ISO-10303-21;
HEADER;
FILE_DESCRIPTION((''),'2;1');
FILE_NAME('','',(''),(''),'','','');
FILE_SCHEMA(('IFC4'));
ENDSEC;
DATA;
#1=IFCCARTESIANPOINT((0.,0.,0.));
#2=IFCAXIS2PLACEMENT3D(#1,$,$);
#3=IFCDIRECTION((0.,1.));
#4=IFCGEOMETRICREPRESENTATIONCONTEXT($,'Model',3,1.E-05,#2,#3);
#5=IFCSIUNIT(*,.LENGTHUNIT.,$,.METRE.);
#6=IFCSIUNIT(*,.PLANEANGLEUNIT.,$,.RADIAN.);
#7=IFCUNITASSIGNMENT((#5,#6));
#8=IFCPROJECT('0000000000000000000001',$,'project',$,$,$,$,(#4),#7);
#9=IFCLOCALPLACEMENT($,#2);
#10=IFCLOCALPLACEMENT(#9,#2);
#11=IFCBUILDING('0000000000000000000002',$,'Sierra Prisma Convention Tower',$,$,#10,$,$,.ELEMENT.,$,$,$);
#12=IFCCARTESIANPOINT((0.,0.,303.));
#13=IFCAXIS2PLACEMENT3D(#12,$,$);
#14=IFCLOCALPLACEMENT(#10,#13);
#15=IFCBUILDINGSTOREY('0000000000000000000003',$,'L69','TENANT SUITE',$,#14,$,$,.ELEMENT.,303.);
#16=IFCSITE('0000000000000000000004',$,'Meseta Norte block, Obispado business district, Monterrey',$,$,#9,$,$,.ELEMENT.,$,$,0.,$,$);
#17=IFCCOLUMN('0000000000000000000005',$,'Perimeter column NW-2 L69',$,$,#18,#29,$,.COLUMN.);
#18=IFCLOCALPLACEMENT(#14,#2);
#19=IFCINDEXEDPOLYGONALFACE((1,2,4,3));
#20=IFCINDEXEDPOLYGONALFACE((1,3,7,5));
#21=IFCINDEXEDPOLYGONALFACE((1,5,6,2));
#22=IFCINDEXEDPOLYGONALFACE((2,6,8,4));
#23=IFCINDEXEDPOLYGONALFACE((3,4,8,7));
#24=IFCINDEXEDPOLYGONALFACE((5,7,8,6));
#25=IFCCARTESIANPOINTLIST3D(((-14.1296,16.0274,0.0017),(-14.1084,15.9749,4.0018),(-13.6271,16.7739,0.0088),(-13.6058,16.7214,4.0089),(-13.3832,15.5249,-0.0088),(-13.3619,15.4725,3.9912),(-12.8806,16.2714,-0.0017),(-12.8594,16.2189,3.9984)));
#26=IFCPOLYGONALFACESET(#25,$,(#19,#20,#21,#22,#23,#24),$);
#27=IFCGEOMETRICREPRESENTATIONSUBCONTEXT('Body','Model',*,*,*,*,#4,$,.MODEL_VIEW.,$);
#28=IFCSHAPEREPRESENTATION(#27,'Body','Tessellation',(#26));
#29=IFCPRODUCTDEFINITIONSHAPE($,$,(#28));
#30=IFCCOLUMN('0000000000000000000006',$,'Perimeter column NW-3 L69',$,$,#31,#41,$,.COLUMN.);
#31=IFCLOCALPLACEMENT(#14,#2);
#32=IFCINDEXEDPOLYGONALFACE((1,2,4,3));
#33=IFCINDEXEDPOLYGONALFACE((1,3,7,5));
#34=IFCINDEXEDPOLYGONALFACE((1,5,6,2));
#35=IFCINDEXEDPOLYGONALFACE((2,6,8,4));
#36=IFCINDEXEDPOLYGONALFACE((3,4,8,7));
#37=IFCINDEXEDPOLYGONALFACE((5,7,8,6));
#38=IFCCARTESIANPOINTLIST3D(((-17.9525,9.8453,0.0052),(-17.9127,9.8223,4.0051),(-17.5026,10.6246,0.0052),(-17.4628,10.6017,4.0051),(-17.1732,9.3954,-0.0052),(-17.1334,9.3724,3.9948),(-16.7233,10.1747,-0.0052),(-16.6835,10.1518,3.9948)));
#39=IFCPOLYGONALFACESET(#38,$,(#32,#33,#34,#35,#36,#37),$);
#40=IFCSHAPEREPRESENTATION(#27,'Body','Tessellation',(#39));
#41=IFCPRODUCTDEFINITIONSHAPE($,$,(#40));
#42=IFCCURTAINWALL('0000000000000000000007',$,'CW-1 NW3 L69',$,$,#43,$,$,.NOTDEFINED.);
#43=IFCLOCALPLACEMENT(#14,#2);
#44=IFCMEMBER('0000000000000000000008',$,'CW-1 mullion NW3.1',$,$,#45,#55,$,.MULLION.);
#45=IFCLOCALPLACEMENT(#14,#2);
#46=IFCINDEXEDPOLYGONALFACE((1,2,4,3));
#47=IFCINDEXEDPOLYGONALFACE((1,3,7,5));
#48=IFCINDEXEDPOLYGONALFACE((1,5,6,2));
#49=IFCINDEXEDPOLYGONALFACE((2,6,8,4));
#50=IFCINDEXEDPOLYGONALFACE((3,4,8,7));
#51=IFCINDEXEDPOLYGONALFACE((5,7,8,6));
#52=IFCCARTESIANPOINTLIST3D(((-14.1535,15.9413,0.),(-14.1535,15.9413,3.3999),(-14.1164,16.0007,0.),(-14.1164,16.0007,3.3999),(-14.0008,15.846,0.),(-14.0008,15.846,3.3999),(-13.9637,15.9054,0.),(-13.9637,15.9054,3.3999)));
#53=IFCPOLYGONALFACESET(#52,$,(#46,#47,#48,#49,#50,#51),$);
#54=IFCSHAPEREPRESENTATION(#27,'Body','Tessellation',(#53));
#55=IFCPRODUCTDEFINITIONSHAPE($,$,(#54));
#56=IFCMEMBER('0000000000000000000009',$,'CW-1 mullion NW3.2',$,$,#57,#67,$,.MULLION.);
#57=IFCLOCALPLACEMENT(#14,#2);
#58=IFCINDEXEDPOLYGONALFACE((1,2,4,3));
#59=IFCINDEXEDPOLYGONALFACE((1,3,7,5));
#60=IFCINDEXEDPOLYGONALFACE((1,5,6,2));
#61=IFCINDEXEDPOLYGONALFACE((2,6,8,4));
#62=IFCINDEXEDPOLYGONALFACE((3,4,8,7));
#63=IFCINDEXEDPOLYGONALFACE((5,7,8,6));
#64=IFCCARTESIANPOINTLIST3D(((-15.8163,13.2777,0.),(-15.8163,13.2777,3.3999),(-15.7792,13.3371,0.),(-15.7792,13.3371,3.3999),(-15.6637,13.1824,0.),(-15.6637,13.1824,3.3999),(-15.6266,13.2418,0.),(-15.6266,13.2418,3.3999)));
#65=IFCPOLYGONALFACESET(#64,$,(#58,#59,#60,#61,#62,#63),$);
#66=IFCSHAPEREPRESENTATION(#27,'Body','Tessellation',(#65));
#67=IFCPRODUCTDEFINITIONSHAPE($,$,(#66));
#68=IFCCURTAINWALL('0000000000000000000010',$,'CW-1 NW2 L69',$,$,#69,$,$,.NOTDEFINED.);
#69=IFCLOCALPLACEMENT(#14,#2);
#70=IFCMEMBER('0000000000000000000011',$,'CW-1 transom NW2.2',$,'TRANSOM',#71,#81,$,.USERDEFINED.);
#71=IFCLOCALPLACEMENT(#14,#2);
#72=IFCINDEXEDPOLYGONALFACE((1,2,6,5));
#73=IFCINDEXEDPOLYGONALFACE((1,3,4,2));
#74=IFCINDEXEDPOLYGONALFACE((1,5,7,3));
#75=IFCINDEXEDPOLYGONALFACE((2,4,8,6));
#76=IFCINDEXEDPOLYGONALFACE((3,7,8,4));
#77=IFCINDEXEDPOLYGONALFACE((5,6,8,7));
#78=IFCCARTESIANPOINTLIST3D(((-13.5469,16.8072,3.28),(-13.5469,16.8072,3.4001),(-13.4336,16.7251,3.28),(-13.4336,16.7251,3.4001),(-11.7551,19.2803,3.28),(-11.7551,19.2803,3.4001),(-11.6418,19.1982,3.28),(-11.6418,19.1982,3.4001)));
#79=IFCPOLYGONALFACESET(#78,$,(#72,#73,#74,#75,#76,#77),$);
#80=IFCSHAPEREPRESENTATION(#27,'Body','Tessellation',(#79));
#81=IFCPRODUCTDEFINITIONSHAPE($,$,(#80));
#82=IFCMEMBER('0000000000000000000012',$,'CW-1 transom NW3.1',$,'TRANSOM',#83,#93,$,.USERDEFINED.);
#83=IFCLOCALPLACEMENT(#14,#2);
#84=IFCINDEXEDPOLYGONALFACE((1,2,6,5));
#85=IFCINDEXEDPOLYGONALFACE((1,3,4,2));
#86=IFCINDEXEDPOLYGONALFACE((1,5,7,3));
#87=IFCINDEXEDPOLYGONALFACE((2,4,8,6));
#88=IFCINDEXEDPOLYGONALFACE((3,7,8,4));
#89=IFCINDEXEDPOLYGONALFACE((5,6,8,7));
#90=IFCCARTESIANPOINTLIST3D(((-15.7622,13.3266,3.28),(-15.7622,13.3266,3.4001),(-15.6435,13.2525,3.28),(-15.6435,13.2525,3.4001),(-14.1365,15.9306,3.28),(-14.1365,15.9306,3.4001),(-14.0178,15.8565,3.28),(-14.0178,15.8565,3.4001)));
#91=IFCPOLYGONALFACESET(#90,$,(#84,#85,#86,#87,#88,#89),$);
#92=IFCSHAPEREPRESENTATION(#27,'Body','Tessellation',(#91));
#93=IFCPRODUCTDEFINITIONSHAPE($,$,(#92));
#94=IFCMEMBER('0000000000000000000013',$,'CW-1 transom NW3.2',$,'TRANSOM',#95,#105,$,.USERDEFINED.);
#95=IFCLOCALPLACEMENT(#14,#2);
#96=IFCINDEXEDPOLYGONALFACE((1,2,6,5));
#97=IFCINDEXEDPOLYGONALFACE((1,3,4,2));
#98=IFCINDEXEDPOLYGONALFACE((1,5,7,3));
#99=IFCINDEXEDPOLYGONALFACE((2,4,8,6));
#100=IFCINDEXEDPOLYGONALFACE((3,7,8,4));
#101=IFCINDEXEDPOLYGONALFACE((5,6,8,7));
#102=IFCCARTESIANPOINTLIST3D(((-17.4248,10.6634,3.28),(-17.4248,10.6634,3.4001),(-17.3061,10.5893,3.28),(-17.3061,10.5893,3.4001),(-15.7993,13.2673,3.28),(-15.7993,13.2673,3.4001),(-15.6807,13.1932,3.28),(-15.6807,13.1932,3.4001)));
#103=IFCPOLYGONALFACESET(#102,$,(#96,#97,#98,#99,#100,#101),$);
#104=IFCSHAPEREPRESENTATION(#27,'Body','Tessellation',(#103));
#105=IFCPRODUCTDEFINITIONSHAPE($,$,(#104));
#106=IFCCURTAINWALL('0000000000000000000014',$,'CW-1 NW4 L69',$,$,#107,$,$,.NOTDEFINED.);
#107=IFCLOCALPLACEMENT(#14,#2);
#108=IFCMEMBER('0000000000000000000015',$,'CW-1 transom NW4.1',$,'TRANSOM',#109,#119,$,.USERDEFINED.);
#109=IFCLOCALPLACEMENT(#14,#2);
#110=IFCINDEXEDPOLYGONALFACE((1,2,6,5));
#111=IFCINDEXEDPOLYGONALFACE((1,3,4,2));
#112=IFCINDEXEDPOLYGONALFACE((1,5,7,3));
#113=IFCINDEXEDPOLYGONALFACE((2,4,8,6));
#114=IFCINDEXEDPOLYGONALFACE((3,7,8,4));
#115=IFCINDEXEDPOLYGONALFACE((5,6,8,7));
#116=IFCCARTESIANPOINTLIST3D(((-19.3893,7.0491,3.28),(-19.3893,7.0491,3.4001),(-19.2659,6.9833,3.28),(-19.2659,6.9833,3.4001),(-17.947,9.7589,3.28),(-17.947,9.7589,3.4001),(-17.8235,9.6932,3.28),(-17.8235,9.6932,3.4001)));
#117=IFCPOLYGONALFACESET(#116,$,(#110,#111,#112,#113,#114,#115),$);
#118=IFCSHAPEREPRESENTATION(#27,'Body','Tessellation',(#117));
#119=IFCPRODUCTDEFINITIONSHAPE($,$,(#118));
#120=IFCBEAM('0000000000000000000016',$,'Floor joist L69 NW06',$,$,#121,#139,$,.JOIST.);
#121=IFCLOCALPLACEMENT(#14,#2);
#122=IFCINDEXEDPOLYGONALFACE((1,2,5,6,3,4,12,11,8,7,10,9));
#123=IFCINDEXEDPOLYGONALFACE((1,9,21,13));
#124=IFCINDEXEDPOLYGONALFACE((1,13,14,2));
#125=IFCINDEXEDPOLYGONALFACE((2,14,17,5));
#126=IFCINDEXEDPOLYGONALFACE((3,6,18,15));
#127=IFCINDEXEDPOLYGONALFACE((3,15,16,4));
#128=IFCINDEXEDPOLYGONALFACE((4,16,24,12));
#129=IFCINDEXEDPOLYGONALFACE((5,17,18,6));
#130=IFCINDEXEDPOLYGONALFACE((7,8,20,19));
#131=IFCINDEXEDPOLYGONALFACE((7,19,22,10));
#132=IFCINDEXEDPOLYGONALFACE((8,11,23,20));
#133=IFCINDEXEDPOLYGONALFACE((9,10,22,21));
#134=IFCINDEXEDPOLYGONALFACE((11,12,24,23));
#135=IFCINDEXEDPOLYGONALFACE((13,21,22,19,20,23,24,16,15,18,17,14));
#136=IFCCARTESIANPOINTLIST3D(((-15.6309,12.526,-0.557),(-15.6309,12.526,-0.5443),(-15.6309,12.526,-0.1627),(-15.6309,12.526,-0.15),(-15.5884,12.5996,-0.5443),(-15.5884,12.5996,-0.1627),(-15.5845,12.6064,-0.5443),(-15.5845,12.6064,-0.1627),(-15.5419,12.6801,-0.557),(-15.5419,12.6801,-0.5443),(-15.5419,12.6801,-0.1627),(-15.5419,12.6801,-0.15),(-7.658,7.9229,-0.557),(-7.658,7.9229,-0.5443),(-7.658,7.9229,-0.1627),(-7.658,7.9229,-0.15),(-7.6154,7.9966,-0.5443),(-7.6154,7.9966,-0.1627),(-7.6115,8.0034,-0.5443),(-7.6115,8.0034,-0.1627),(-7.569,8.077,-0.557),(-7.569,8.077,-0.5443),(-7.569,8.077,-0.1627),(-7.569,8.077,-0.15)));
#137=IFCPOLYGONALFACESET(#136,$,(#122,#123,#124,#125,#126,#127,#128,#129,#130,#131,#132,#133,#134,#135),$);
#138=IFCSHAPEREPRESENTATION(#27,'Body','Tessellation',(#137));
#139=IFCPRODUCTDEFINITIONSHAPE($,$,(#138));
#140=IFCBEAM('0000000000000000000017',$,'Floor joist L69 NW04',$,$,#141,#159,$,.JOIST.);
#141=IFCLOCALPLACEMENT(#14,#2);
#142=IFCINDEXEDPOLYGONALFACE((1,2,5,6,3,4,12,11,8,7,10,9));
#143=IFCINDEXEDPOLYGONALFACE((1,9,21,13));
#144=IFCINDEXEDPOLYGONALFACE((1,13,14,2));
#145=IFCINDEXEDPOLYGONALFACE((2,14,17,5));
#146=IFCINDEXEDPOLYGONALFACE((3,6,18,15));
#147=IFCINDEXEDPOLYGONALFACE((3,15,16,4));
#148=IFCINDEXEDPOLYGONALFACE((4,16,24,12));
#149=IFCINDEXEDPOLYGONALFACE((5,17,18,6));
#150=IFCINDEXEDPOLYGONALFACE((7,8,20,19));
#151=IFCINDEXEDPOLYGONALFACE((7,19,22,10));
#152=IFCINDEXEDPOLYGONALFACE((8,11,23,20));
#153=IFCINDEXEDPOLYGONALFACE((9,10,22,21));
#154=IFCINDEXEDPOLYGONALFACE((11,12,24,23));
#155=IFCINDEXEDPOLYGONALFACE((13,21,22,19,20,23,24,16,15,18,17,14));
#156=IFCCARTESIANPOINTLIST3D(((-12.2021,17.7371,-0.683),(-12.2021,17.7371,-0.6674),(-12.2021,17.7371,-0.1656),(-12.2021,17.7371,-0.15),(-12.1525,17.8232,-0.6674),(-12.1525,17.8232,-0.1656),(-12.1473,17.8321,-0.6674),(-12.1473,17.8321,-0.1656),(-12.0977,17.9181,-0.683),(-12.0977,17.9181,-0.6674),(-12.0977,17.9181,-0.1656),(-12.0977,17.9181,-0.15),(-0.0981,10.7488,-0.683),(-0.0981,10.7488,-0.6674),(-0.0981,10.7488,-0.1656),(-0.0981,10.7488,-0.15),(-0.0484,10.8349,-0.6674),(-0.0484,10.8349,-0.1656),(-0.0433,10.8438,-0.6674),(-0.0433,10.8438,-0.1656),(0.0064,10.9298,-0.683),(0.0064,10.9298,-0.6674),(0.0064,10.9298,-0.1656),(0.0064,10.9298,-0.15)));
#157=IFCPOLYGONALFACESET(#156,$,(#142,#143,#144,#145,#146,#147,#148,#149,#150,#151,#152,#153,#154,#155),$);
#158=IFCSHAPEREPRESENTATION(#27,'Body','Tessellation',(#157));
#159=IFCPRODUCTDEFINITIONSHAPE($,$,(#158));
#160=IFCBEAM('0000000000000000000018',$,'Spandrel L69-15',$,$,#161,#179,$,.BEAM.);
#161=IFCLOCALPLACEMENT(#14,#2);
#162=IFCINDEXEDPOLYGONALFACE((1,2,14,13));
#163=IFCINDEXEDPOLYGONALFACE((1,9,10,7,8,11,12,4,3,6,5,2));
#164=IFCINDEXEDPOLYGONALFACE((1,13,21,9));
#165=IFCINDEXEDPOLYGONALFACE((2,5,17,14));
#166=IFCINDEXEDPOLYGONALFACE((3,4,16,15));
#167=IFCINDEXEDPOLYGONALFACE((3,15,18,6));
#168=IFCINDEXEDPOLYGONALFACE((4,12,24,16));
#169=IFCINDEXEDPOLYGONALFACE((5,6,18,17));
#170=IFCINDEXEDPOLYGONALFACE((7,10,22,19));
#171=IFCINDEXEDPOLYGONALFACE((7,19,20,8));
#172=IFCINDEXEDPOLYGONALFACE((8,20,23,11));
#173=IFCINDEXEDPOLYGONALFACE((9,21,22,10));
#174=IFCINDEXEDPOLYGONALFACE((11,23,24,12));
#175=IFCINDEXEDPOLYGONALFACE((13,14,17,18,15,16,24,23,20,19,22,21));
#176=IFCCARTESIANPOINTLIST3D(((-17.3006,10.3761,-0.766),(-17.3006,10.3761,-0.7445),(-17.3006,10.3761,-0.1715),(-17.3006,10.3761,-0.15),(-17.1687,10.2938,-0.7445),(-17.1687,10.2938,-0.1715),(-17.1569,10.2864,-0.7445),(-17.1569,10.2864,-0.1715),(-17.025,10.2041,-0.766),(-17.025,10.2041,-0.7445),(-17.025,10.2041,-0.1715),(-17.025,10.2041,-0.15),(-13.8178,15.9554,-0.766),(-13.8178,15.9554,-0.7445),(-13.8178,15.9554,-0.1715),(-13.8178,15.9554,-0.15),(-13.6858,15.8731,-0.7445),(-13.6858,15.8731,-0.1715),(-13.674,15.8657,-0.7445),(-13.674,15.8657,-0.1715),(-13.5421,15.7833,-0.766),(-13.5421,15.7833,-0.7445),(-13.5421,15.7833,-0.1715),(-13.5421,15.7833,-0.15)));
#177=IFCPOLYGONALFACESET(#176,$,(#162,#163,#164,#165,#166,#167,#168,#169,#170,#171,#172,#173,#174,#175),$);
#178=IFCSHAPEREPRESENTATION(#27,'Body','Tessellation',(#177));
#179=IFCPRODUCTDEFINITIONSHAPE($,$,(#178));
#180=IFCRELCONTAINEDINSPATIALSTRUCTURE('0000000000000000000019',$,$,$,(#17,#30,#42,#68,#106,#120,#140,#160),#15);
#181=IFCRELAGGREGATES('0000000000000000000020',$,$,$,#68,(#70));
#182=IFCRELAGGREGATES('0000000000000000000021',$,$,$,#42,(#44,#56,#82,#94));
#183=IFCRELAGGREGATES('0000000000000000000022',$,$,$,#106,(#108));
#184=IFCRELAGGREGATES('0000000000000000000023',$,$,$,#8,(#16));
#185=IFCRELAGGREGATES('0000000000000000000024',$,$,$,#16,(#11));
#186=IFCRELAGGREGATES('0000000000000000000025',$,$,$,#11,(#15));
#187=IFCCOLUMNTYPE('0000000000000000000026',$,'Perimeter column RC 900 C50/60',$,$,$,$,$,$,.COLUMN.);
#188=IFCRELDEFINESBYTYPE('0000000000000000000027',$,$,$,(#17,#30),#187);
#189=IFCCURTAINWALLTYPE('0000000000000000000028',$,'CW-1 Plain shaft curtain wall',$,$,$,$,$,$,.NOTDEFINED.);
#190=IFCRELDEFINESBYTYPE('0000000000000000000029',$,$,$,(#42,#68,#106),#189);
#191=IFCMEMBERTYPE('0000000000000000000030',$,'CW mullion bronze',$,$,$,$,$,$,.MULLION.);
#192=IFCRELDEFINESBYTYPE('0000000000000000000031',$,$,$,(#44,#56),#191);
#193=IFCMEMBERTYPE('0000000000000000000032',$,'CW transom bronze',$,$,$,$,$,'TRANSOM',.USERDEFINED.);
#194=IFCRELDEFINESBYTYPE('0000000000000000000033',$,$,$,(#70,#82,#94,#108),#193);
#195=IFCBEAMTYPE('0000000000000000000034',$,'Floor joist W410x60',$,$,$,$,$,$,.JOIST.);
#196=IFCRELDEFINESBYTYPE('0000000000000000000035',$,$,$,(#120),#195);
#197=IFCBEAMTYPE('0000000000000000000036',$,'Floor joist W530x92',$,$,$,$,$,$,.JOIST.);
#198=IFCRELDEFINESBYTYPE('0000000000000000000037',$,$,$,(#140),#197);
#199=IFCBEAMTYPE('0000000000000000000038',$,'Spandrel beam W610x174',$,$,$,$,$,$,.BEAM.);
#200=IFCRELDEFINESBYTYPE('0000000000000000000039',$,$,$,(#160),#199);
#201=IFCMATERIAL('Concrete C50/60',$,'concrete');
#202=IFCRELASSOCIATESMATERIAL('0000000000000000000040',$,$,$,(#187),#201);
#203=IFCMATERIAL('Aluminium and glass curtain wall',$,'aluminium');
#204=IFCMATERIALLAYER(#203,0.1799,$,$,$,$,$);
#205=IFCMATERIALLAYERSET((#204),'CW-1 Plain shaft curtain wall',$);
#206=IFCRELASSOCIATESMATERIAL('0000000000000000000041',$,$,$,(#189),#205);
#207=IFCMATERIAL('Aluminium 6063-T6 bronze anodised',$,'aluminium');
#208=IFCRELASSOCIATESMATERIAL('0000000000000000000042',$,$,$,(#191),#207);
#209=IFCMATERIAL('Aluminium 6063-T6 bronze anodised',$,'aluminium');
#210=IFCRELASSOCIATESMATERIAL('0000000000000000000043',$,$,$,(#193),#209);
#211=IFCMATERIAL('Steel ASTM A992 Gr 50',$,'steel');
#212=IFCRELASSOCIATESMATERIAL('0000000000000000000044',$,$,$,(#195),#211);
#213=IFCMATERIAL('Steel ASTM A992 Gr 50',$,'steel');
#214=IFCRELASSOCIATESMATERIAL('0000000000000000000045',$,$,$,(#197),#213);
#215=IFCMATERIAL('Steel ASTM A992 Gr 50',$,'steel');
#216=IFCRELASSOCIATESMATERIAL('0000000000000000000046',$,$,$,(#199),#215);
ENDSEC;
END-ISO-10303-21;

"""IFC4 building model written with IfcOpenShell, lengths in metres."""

from ifc_helpers import new_model, si_unit, direction, frame, origin, origin_2d, place, context, subcontext, project, spatial, rectangle, i_section, extrude, material, layer, layer_set, material_profile, profile_set, type_object, element, aggregate, save


model = new_model("IFC4")

# Units and contexts
model_context = context("Model", 3, precision=1e-05, world=origin(), true_north=direction((0.0, 1.0)))
body_context = subcontext(model_context, "Body", "Model", "MODEL_VIEW")
ifc_project = project(units=[si_unit("LENGTHUNIT", "METRE"), si_unit("PLANEANGLEUNIT", "RADIAN")], contexts=[model_context])

# Site, building, storey
site_placement = place(None, origin())
site = spatial("IfcSite", under=ifc_project, at=site_placement, Name="Meseta Norte block, Obispado business district, Monterrey", CompositionType="ELEMENT", RefElevation=0.0)
building_placement = place(site_placement, origin())
building = spatial("IfcBuilding", under=site, at=building_placement, Name="Sierra Prisma Convention Tower", CompositionType="ELEMENT")
storey_placement = place(building_placement, frame((0.0, 0.0, 303.0)))
storey = spatial("IfcBuildingStorey", under=building, at=storey_placement, Name="L69", Description="TENANT SUITE", CompositionType="ELEMENT", Elevation=303.0)

# Columns
ifc_material_1 = material(Name="Concrete C50/60", Category="concrete")
ifc_material_profile_1 = material_profile(ifc_material_1, rectangle(XDim=0.8999, YDim=0.8999, at=origin_2d()), Name="Perimeter column RC 900 C50/60")
ifc_profile_set_1 = profile_set([ifc_material_profile_1], Name="Concrete C50/60")
column_type = type_object("IfcColumnType", Name="Perimeter column RC 900 C50/60", PredefinedType="COLUMN", material=ifc_profile_set_1)
column_1_placement = place(storey_placement, frame((-13.5051, 16.1494, 0.0), z_axis=(0.00531, -0.013121, 0.9999), x_axis=(0.558473, 0.829485, 0.007919)))
element("IfcColumn", 1, at=column_1_placement, inside=storey, type_object=column_type, Name="Perimeter column NW-2 L69", PredefinedType="COLUMN", context=body_context, shape_type="SweptSolid", body=[
    extrude(rectangle(XDim=0.8999, YDim=0.8999, at=origin_2d()), origin(), (0.0, 0.0, 1.0), 4.0005),
])
column_2_placement = place(storey_placement, frame((-17.3379, 10.01, 0.0), z_axis=(0.009948, -0.005737, 0.999934), x_axis=(0.499975, 0.86604, -0.000005)))
element("IfcColumn", 2, at=column_2_placement, inside=storey, type_object=column_type, Name="Perimeter column NW-3 L69", PredefinedType="COLUMN", context=body_context, shape_type="SweptSolid", body=[
    extrude(rectangle(XDim=0.8999, YDim=0.8999, at=origin_2d()), origin(), (0.0, 0.0, 1.0), 4.0002),
])

# Curtain wall, members
ifc_material_2 = material(Name="Aluminium and glass curtain wall", Category="aluminium")
ifc_layer_1 = layer(ifc_material_2, 0.1799)
ifc_layer_set_1 = layer_set([ifc_layer_1], Name="CW-1 Plain shaft curtain wall")
curtain_wall_type = type_object("IfcCurtainWallType", Name="CW-1 Plain shaft curtain wall", PredefinedType="NOTDEFINED", material=ifc_layer_set_1)
curtain_wall_1_placement = place(storey_placement, origin())
curtain_wall_1 = element("IfcCurtainWall", 3, at=curtain_wall_1_placement, inside=storey, type_object=curtain_wall_type, Name="CW-1 NW3 L69", PredefinedType="NOTDEFINED")
ifc_material_3 = material(Name="Aluminium 6063-T6 bronze anodised", Category="aluminium")
ifc_material_profile_2 = material_profile(ifc_material_3, rectangle(XDim=0.1799, YDim=0.0701, at=origin_2d()), Name="ALU MULLION 70x180")
ifc_profile_set_2 = profile_set([ifc_material_profile_2], Name="Aluminium 6063-T6 bronze anodised")
member_type_1 = type_object("IfcMemberType", Name="CW mullion bronze", PredefinedType="MULLION", material=ifc_profile_set_2)
member_1_placement = place(storey_placement, frame((-14.0586, 15.9233, 0.0), z_axis=(0.0, 0.0, 1.0), x_axis=(0.848276, -0.529555, 0.0)))
member_1 = element("IfcMember", 4, at=member_1_placement, type_object=member_type_1, Name="CW-1 mullion NW3.1", PredefinedType="MULLION", context=body_context, shape_type="SweptSolid", body=[
    extrude(rectangle(XDim=0.1799, YDim=0.0701, at=origin_2d()), origin(), (0.0, 0.0, 1.0), 3.3999),
])
member_2_placement = place(storey_placement, frame((-15.7214, 13.2598, 0.0), z_axis=(0.0, 0.0, 1.0), x_axis=(0.848276, -0.529555, 0.0)))
member_2 = element("IfcMember", 5, at=member_2_placement, type_object=member_type_1, Name="CW-1 mullion NW3.2", PredefinedType="MULLION", context=body_context, shape_type="SweptSolid", body=[
    extrude(rectangle(XDim=0.1799, YDim=0.0701, at=origin_2d()), origin(), (0.0, 0.0, 1.0), 3.3999),
])

# Curtain wall, member
curtain_wall_2_placement = place(storey_placement, origin())
curtain_wall_2 = element("IfcCurtainWall", 6, at=curtain_wall_2_placement, inside=storey, type_object=curtain_wall_type, Name="CW-1 NW2 L69", PredefinedType="NOTDEFINED")
ifc_material_4 = material(Name="Aluminium 6063-T6 bronze anodised", Category="aluminium")
ifc_material_profile_3 = material_profile(ifc_material_4, rectangle(XDim=0.1399, YDim=0.1201, at=origin_2d()), Name="ALU TRANSOM 120x140")
ifc_profile_set_3 = profile_set([ifc_material_profile_3], Name="Aluminium 6063-T6 bronze anodised")
member_type_2 = type_object("IfcMemberType", Name="CW transom bronze", ElementType="TRANSOM", PredefinedType="USERDEFINED", material=ifc_profile_set_3)
member_3_placement = place(storey_placement, frame((-11.6985, 19.2393, 3.3401), z_axis=(-0.586692, -0.80981, 0.0), x_axis=(0.80981, -0.586692, 0.0)))
member_3 = element("IfcMember", 7, at=member_3_placement, type_object=member_type_2, Name="CW-1 transom NW2.2", ObjectType="TRANSOM", PredefinedType="USERDEFINED", context=body_context, shape_type="SweptSolid", body=[
    extrude(rectangle(XDim=0.1399, YDim=0.1201, at=origin_2d()), origin(), (0.0, 0.0, 1.0), 3.054),
])

# Members
member_4_placement = place(storey_placement, frame((-14.0771, 15.8936, 3.3401), z_axis=(-0.529584, -0.848257, 0.0), x_axis=(0.848257, -0.529584, 0.0)))
member_4 = element("IfcMember", 8, at=member_4_placement, type_object=member_type_2, Name="CW-1 transom NW3.1", ObjectType="TRANSOM", PredefinedType="USERDEFINED", context=body_context, shape_type="SweptSolid", body=[
    extrude(rectangle(XDim=0.1399, YDim=0.1201, at=origin_2d()), origin(), (0.0, 0.0, 1.0), 3.0698),
])
member_5_placement = place(storey_placement, frame((-15.74, 13.2302, 3.3401), z_axis=(-0.529527, -0.848293, 0.0), x_axis=(0.848293, -0.529527, 0.0)))
member_5 = element("IfcMember", 9, at=member_5_placement, type_object=member_type_2, Name="CW-1 transom NW3.2", ObjectType="TRANSOM", PredefinedType="USERDEFINED", context=body_context, shape_type="SweptSolid", body=[
    extrude(rectangle(XDim=0.1399, YDim=0.1201, at=origin_2d()), origin(), (0.0, 0.0, 1.0), 3.0696),
])

# Curtain wall, member
curtain_wall_3_placement = place(storey_placement, origin())
curtain_wall_3 = element("IfcCurtainWall", 10, at=curtain_wall_3_placement, inside=storey, type_object=curtain_wall_type, Name="CW-1 NW4 L69", PredefinedType="NOTDEFINED")
member_6_placement = place(storey_placement, frame((-17.8853, 9.7261, 3.3401), z_axis=(-0.469845, -0.882749, 0.0), x_axis=(0.882749, -0.469845, 0.0)))
member_6 = element("IfcMember", 11, at=member_6_placement, type_object=member_type_2, Name="CW-1 transom NW4.1", ObjectType="TRANSOM", PredefinedType="USERDEFINED", context=body_context, shape_type="SweptSolid", body=[
    extrude(rectangle(XDim=0.1399, YDim=0.1201, at=origin_2d()), origin(), (0.0, 0.0, 1.0), 3.0698),
])

# Beams
ifc_material_5 = material(Name="Steel ASTM A992 Gr 50", Category="steel")
ifc_material_profile_4 = material_profile(ifc_material_5, i_section(OverallWidth=0.178, OverallDepth=0.407, WebThickness=0.0078, FlangeThickness=0.0127, at=origin_2d()), Name="W410x60")
ifc_profile_set_4 = profile_set([ifc_material_profile_4], Name="Steel ASTM A992 Gr 50")
beam_type_1 = type_object("IfcBeamType", Name="Floor joist W410x60", PredefinedType="JOIST", material=ifc_profile_set_4)
beam_1_placement = place(storey_placement, frame((-15.5864, 12.603, -0.3535), z_axis=(0.866031, -0.49999, 0.0), x_axis=(0.49999, 0.866031, 0.0)))
element("IfcBeam", 12, at=beam_1_placement, inside=storey, type_object=beam_type_1, Name="Floor joist L69 NW06", PredefinedType="JOIST", context=body_context, shape_type="SweptSolid", body=[
    extrude(i_section(OverallWidth=0.178, OverallDepth=0.407, WebThickness=0.0078, FlangeThickness=0.0127, at=origin_2d()), origin(), (0.0, 0.0, 1.0), 9.2063),
])
ifc_material_6 = material(Name="Steel ASTM A992 Gr 50", Category="steel")
ifc_material_profile_5 = material_profile(ifc_material_6, i_section(OverallWidth=0.209, OverallDepth=0.533, WebThickness=0.0103, FlangeThickness=0.0156, at=origin_2d()), Name="W530x92")
ifc_profile_set_5 = profile_set([ifc_material_profile_5], Name="Steel ASTM A992 Gr 50")
beam_type_2 = type_object("IfcBeamType", Name="Floor joist W530x92", PredefinedType="JOIST", material=ifc_profile_set_5)
beam_2_placement = place(storey_placement, frame((-12.1499, 17.8276, -0.4165), z_axis=(0.866024, -0.500002, 0.0), x_axis=(0.500002, 0.866024, 0.0)))
element("IfcBeam", 13, at=beam_2_placement, inside=storey, type_object=beam_type_2, Name="Floor joist L69 NW04", PredefinedType="JOIST", context=body_context, shape_type="SweptSolid", body=[
    extrude(i_section(OverallWidth=0.209, OverallDepth=0.533, WebThickness=0.0103, FlangeThickness=0.0156, at=origin_2d()), origin(), (0.0, 0.0, 1.0), 13.9766),
])
ifc_material_7 = material(Name="Steel ASTM A992 Gr 50", Category="steel")
ifc_material_profile_6 = material_profile(ifc_material_7, i_section(OverallWidth=0.325, OverallDepth=0.616, WebThickness=0.0139, FlangeThickness=0.0215, at=origin_2d()), Name="W610x174")
ifc_profile_set_6 = profile_set([ifc_material_profile_6], Name="Steel ASTM A992 Gr 50")
beam_type_3 = type_object("IfcBeamType", Name="Spandrel beam W610x174", PredefinedType="BEAM", material=ifc_profile_set_6)
for number, where, z_axis, x_axis, name in (
    (14, (-13.6799, 15.8694, -0.458), (-0.529542, -0.848284, 0.0), (0.848284, -0.529542, 0.0), "Spandrel L69-15"),
):
    element("IfcBeam", number, at=place(storey_placement, frame(where, z_axis=z_axis, x_axis=x_axis)), inside=storey, type_object=beam_type_3, Name=name, PredefinedType="BEAM", context=body_context, shape_type="SweptSolid", body=[
        extrude(i_section(OverallWidth=0.325, OverallDepth=0.616, WebThickness=0.0139, FlangeThickness=0.0215, at=origin_2d()), origin(), (0.0, 0.0, 1.0), 6.5771),
    ])

aggregate(curtain_wall_2, [member_3])
aggregate(curtain_wall_1, [member_1, member_2, member_4, member_5])
aggregate(curtain_wall_3, [member_6])

save(model, "model.ifc")
